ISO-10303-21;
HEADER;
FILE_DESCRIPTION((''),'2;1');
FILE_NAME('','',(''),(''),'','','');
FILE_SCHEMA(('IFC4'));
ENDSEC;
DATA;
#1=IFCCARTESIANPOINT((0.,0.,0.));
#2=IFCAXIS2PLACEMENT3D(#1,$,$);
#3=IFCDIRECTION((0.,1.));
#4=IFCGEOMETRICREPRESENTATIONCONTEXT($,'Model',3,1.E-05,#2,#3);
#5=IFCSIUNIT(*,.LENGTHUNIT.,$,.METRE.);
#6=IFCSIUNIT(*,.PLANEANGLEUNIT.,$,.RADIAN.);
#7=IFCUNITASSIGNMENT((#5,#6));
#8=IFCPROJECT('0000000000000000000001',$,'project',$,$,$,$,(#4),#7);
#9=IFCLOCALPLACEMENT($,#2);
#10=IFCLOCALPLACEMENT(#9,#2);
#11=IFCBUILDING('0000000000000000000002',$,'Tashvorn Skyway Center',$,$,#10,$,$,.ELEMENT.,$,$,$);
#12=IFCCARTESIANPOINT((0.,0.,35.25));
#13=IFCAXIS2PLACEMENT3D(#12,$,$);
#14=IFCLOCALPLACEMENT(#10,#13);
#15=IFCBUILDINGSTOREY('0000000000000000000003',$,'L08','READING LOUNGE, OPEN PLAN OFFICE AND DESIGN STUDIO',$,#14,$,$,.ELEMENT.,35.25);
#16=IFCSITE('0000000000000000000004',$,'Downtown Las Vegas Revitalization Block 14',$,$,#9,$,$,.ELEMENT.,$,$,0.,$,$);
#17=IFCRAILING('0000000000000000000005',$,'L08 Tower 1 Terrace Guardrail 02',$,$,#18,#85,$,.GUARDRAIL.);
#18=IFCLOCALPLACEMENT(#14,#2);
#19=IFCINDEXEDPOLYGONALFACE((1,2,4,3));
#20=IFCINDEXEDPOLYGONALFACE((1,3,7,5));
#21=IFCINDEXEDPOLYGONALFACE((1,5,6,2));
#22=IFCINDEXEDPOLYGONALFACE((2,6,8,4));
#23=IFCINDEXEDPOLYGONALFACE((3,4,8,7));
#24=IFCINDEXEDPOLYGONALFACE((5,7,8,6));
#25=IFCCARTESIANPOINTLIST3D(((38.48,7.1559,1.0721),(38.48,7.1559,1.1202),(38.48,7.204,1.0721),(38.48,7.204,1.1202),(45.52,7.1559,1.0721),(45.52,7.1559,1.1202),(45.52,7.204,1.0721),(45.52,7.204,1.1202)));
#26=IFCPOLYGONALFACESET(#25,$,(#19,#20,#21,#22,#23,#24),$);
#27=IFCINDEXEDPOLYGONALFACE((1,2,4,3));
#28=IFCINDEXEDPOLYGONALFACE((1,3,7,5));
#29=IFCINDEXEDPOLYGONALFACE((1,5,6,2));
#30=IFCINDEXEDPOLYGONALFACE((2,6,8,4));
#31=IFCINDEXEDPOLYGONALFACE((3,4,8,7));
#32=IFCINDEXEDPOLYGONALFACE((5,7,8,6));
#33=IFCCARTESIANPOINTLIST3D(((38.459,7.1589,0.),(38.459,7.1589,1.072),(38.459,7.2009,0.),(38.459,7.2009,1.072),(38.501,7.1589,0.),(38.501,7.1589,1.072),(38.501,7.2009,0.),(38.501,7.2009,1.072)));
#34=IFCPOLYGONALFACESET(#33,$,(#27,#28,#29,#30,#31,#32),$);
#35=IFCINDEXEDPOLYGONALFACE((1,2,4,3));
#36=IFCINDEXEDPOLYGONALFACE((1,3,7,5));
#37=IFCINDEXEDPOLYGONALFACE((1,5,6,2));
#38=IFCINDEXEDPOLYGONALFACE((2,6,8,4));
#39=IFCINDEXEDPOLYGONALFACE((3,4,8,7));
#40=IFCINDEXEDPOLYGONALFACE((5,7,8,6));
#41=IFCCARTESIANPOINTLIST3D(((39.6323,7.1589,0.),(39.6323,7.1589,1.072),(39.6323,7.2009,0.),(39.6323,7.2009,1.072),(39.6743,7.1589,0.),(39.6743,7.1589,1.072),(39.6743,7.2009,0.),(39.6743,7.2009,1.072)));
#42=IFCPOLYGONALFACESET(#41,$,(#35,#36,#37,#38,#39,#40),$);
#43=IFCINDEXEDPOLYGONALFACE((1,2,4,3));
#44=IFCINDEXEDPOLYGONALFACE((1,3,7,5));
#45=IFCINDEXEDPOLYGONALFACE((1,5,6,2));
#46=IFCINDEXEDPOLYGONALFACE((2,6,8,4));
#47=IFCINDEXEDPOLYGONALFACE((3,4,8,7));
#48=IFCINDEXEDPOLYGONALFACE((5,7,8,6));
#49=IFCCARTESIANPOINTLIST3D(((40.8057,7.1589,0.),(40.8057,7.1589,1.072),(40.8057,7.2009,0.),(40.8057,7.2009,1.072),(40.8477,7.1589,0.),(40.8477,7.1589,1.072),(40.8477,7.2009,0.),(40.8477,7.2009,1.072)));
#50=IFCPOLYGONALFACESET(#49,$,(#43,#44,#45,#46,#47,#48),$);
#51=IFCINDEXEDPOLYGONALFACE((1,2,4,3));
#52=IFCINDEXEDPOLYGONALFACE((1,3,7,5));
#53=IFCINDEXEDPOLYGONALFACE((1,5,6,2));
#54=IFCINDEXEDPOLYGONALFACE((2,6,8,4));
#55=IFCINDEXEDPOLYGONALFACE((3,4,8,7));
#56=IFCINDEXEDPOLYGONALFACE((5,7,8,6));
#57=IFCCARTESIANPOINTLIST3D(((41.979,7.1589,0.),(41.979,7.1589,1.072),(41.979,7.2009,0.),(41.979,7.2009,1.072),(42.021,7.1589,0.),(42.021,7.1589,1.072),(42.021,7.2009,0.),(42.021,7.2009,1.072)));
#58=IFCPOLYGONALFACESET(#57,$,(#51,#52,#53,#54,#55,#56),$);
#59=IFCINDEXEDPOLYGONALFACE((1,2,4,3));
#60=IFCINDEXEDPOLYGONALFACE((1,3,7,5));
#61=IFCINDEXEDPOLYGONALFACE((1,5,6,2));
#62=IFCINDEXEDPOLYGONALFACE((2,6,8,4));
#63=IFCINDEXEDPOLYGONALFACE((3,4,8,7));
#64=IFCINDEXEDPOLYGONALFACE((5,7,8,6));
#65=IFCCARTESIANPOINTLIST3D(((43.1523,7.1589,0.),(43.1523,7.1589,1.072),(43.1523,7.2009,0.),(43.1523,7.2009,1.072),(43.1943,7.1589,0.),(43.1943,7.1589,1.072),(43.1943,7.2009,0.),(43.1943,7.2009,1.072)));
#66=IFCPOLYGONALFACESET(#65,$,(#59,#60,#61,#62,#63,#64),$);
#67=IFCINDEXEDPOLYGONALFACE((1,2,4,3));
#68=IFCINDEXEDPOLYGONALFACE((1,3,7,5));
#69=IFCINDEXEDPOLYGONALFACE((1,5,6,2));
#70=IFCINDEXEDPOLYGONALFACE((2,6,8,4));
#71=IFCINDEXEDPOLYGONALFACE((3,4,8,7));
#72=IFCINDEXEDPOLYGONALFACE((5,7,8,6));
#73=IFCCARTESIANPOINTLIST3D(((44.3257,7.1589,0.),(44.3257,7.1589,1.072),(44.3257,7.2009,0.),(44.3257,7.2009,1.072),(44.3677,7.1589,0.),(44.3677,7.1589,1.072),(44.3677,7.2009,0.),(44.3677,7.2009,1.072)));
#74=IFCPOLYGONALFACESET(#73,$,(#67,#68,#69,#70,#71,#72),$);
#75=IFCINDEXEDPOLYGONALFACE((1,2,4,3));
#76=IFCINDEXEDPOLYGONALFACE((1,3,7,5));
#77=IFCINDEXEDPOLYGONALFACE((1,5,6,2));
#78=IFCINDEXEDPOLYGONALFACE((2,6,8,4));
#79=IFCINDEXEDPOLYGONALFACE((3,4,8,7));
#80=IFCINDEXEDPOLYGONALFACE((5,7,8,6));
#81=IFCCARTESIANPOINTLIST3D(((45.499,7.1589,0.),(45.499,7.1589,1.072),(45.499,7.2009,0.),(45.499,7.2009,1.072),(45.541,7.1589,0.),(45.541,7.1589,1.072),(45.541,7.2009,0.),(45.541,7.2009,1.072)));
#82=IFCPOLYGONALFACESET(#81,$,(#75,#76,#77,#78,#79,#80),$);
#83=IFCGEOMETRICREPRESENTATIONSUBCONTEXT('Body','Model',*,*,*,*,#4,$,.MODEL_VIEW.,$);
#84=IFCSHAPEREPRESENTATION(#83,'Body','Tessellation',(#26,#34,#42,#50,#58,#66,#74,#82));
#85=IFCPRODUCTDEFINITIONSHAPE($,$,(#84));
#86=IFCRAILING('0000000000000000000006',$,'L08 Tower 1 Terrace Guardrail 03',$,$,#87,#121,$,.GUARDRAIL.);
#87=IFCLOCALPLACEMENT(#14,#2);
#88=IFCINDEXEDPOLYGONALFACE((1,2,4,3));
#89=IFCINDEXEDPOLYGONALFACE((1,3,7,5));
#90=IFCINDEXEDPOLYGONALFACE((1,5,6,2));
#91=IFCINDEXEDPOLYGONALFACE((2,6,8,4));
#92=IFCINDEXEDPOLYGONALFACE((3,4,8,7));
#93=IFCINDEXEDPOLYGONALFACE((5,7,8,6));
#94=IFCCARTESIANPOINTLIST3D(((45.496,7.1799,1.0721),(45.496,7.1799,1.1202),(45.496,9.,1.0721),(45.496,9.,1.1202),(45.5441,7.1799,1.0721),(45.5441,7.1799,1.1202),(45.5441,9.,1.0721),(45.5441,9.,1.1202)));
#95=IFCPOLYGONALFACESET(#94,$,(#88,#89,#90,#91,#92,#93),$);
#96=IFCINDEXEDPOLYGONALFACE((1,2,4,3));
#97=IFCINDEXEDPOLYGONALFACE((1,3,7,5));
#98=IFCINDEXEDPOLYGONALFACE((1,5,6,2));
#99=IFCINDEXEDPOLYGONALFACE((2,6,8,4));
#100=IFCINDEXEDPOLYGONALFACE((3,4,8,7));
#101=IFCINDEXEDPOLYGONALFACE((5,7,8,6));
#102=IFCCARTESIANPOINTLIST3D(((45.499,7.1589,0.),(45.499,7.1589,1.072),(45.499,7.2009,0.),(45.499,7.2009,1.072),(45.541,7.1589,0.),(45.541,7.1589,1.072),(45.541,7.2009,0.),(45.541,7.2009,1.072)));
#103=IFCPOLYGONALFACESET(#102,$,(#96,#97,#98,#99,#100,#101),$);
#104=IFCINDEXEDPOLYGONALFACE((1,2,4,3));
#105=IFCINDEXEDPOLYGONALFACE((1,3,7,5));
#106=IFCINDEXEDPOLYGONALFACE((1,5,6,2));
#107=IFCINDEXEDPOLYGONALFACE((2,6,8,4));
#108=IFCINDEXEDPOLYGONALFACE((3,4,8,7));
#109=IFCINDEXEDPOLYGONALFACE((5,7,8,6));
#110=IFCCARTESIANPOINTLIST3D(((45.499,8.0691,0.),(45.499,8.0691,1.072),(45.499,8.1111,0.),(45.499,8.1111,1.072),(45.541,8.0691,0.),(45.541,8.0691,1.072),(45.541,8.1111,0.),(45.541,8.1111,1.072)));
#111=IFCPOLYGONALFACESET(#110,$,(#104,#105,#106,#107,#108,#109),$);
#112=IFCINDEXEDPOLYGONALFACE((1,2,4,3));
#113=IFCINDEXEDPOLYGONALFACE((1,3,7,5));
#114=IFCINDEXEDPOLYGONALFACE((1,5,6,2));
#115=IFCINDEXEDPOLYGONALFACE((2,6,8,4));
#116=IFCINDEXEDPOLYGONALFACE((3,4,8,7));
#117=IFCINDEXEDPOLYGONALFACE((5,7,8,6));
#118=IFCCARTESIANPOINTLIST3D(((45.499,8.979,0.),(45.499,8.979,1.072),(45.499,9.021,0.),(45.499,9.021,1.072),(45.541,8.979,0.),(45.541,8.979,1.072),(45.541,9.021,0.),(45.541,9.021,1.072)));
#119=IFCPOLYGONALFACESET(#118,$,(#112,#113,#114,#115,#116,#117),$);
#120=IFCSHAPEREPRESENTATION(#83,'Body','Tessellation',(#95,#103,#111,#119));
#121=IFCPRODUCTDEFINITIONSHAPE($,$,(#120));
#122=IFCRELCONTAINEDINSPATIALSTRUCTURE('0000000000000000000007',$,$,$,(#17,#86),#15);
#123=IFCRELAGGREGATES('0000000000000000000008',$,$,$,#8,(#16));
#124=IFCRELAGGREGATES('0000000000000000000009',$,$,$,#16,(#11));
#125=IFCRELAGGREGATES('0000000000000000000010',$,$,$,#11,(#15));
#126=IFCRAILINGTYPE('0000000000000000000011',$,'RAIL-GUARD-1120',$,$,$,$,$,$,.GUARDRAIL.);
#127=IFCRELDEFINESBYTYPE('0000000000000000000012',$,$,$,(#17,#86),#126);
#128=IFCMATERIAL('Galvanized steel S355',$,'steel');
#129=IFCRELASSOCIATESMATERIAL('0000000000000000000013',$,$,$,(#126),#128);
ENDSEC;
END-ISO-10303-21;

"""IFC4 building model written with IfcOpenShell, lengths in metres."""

from ifc_helpers import new_model, si_unit, direction, frame, origin, origin_2d, place, context, subcontext, project, spatial, rectangle, extrude, material, type_object, element, save


model = new_model("IFC4")

# Units and contexts
model_context = context("Model", 3, precision=1e-05, world=origin(), true_north=direction((0.0, 1.0)))
body_context = subcontext(model_context, "Body", "Model", "MODEL_VIEW")
ifc_project = project(units=[si_unit("LENGTHUNIT", "METRE"), si_unit("PLANEANGLEUNIT", "RADIAN")], contexts=[model_context])

# Site, building, storey
site_placement = place(None, origin())
site = spatial("IfcSite", under=ifc_project, at=site_placement, Name="Downtown Las Vegas Revitalization Block 14", CompositionType="ELEMENT", RefElevation=0.0)
building_placement = place(site_placement, origin())
building = spatial("IfcBuilding", under=site, at=building_placement, Name="Tashvorn Skyway Center", CompositionType="ELEMENT")
storey_placement = place(building_placement, frame((0.0, 0.0, 35.25)))
storey = spatial("IfcBuildingStorey", under=building, at=storey_placement, Name="L08", Description="READING LOUNGE, OPEN PLAN OFFICE AND DESIGN STUDIO", CompositionType="ELEMENT", Elevation=35.25)

# Railings
ifc_material_1 = material(Name="Galvanized steel S355", Category="steel")
railing_type = type_object("IfcRailingType", Name="RAIL-GUARD-1120", PredefinedType="GUARDRAIL", material=ifc_material_1)
railing_1_placement = place(storey_placement, frame((38.48, 7.1799, 0.0)))
element("IfcRailing", 1, at=railing_1_placement, inside=storey, type_object=railing_type, Name="L08 Tower 1 Terrace Guardrail 02", PredefinedType="GUARDRAIL", context=body_context, shape_type="SweptSolid", body=[
    extrude(rectangle(XDim=0.0481, YDim=0.0481, at=origin_2d()), frame((0.0, 0.0, 1.0962), z_axis=(1.0, 0.0, 0.0), x_axis=(0.0, 1.0, 0.0)), (0.0, 0.0, 1.0), 7.04),
    extrude(rectangle(XDim=0.042, YDim=0.042, at=origin_2d()), origin(), (0.0, 0.0, 1.0), 1.072),
    extrude(rectangle(XDim=0.042, YDim=0.042, at=origin_2d()), frame((1.1733, 0.0, 0.0)), (0.0, 0.0, 1.0), 1.072),
    extrude(rectangle(XDim=0.042, YDim=0.042, at=origin_2d()), frame((2.3467, 0.0, 0.0)), (0.0, 0.0, 1.0), 1.072),
    extrude(rectangle(XDim=0.042, YDim=0.042, at=origin_2d()), frame((3.52, 0.0, 0.0)), (0.0, 0.0, 1.0), 1.072),
    extrude(rectangle(XDim=0.042, YDim=0.042, at=origin_2d()), frame((4.6934, 0.0, 0.0)), (0.0, 0.0, 1.0), 1.072),
    extrude(rectangle(XDim=0.042, YDim=0.042, at=origin_2d()), frame((5.8667, 0.0, 0.0)), (0.0, 0.0, 1.0), 1.072),
    extrude(rectangle(XDim=0.042, YDim=0.042, at=origin_2d()), frame((7.04, 0.0, 0.0)), (0.0, 0.0, 1.0), 1.072),
])
railing_2_placement = place(storey_placement, frame((45.52, 7.1799, 0.0)))
element("IfcRailing", 2, at=railing_2_placement, inside=storey, type_object=railing_type, Name="L08 Tower 1 Terrace Guardrail 03", PredefinedType="GUARDRAIL", context=body_context, shape_type="SweptSolid", body=[
    extrude(rectangle(XDim=0.0481, YDim=0.0481, at=origin_2d()), frame((0.0, 0.0, 1.0962), z_axis=(0.0, 1.0, 0.0), x_axis=(-1.0, 0.0, 0.0)), (0.0, 0.0, 1.0), 1.8201),
    extrude(rectangle(XDim=0.042, YDim=0.042, at=origin_2d()), origin(), (0.0, 0.0, 1.0), 1.072),
    extrude(rectangle(XDim=0.042, YDim=0.042, at=origin_2d()), frame((0.0, 0.9102, 0.0)), (0.0, 0.0, 1.0), 1.072),
    extrude(rectangle(XDim=0.042, YDim=0.042, at=origin_2d()), frame((0.0, 1.8201, 0.0)), (0.0, 0.0, 1.0), 1.072),
])

save(model, "model.ifc")
